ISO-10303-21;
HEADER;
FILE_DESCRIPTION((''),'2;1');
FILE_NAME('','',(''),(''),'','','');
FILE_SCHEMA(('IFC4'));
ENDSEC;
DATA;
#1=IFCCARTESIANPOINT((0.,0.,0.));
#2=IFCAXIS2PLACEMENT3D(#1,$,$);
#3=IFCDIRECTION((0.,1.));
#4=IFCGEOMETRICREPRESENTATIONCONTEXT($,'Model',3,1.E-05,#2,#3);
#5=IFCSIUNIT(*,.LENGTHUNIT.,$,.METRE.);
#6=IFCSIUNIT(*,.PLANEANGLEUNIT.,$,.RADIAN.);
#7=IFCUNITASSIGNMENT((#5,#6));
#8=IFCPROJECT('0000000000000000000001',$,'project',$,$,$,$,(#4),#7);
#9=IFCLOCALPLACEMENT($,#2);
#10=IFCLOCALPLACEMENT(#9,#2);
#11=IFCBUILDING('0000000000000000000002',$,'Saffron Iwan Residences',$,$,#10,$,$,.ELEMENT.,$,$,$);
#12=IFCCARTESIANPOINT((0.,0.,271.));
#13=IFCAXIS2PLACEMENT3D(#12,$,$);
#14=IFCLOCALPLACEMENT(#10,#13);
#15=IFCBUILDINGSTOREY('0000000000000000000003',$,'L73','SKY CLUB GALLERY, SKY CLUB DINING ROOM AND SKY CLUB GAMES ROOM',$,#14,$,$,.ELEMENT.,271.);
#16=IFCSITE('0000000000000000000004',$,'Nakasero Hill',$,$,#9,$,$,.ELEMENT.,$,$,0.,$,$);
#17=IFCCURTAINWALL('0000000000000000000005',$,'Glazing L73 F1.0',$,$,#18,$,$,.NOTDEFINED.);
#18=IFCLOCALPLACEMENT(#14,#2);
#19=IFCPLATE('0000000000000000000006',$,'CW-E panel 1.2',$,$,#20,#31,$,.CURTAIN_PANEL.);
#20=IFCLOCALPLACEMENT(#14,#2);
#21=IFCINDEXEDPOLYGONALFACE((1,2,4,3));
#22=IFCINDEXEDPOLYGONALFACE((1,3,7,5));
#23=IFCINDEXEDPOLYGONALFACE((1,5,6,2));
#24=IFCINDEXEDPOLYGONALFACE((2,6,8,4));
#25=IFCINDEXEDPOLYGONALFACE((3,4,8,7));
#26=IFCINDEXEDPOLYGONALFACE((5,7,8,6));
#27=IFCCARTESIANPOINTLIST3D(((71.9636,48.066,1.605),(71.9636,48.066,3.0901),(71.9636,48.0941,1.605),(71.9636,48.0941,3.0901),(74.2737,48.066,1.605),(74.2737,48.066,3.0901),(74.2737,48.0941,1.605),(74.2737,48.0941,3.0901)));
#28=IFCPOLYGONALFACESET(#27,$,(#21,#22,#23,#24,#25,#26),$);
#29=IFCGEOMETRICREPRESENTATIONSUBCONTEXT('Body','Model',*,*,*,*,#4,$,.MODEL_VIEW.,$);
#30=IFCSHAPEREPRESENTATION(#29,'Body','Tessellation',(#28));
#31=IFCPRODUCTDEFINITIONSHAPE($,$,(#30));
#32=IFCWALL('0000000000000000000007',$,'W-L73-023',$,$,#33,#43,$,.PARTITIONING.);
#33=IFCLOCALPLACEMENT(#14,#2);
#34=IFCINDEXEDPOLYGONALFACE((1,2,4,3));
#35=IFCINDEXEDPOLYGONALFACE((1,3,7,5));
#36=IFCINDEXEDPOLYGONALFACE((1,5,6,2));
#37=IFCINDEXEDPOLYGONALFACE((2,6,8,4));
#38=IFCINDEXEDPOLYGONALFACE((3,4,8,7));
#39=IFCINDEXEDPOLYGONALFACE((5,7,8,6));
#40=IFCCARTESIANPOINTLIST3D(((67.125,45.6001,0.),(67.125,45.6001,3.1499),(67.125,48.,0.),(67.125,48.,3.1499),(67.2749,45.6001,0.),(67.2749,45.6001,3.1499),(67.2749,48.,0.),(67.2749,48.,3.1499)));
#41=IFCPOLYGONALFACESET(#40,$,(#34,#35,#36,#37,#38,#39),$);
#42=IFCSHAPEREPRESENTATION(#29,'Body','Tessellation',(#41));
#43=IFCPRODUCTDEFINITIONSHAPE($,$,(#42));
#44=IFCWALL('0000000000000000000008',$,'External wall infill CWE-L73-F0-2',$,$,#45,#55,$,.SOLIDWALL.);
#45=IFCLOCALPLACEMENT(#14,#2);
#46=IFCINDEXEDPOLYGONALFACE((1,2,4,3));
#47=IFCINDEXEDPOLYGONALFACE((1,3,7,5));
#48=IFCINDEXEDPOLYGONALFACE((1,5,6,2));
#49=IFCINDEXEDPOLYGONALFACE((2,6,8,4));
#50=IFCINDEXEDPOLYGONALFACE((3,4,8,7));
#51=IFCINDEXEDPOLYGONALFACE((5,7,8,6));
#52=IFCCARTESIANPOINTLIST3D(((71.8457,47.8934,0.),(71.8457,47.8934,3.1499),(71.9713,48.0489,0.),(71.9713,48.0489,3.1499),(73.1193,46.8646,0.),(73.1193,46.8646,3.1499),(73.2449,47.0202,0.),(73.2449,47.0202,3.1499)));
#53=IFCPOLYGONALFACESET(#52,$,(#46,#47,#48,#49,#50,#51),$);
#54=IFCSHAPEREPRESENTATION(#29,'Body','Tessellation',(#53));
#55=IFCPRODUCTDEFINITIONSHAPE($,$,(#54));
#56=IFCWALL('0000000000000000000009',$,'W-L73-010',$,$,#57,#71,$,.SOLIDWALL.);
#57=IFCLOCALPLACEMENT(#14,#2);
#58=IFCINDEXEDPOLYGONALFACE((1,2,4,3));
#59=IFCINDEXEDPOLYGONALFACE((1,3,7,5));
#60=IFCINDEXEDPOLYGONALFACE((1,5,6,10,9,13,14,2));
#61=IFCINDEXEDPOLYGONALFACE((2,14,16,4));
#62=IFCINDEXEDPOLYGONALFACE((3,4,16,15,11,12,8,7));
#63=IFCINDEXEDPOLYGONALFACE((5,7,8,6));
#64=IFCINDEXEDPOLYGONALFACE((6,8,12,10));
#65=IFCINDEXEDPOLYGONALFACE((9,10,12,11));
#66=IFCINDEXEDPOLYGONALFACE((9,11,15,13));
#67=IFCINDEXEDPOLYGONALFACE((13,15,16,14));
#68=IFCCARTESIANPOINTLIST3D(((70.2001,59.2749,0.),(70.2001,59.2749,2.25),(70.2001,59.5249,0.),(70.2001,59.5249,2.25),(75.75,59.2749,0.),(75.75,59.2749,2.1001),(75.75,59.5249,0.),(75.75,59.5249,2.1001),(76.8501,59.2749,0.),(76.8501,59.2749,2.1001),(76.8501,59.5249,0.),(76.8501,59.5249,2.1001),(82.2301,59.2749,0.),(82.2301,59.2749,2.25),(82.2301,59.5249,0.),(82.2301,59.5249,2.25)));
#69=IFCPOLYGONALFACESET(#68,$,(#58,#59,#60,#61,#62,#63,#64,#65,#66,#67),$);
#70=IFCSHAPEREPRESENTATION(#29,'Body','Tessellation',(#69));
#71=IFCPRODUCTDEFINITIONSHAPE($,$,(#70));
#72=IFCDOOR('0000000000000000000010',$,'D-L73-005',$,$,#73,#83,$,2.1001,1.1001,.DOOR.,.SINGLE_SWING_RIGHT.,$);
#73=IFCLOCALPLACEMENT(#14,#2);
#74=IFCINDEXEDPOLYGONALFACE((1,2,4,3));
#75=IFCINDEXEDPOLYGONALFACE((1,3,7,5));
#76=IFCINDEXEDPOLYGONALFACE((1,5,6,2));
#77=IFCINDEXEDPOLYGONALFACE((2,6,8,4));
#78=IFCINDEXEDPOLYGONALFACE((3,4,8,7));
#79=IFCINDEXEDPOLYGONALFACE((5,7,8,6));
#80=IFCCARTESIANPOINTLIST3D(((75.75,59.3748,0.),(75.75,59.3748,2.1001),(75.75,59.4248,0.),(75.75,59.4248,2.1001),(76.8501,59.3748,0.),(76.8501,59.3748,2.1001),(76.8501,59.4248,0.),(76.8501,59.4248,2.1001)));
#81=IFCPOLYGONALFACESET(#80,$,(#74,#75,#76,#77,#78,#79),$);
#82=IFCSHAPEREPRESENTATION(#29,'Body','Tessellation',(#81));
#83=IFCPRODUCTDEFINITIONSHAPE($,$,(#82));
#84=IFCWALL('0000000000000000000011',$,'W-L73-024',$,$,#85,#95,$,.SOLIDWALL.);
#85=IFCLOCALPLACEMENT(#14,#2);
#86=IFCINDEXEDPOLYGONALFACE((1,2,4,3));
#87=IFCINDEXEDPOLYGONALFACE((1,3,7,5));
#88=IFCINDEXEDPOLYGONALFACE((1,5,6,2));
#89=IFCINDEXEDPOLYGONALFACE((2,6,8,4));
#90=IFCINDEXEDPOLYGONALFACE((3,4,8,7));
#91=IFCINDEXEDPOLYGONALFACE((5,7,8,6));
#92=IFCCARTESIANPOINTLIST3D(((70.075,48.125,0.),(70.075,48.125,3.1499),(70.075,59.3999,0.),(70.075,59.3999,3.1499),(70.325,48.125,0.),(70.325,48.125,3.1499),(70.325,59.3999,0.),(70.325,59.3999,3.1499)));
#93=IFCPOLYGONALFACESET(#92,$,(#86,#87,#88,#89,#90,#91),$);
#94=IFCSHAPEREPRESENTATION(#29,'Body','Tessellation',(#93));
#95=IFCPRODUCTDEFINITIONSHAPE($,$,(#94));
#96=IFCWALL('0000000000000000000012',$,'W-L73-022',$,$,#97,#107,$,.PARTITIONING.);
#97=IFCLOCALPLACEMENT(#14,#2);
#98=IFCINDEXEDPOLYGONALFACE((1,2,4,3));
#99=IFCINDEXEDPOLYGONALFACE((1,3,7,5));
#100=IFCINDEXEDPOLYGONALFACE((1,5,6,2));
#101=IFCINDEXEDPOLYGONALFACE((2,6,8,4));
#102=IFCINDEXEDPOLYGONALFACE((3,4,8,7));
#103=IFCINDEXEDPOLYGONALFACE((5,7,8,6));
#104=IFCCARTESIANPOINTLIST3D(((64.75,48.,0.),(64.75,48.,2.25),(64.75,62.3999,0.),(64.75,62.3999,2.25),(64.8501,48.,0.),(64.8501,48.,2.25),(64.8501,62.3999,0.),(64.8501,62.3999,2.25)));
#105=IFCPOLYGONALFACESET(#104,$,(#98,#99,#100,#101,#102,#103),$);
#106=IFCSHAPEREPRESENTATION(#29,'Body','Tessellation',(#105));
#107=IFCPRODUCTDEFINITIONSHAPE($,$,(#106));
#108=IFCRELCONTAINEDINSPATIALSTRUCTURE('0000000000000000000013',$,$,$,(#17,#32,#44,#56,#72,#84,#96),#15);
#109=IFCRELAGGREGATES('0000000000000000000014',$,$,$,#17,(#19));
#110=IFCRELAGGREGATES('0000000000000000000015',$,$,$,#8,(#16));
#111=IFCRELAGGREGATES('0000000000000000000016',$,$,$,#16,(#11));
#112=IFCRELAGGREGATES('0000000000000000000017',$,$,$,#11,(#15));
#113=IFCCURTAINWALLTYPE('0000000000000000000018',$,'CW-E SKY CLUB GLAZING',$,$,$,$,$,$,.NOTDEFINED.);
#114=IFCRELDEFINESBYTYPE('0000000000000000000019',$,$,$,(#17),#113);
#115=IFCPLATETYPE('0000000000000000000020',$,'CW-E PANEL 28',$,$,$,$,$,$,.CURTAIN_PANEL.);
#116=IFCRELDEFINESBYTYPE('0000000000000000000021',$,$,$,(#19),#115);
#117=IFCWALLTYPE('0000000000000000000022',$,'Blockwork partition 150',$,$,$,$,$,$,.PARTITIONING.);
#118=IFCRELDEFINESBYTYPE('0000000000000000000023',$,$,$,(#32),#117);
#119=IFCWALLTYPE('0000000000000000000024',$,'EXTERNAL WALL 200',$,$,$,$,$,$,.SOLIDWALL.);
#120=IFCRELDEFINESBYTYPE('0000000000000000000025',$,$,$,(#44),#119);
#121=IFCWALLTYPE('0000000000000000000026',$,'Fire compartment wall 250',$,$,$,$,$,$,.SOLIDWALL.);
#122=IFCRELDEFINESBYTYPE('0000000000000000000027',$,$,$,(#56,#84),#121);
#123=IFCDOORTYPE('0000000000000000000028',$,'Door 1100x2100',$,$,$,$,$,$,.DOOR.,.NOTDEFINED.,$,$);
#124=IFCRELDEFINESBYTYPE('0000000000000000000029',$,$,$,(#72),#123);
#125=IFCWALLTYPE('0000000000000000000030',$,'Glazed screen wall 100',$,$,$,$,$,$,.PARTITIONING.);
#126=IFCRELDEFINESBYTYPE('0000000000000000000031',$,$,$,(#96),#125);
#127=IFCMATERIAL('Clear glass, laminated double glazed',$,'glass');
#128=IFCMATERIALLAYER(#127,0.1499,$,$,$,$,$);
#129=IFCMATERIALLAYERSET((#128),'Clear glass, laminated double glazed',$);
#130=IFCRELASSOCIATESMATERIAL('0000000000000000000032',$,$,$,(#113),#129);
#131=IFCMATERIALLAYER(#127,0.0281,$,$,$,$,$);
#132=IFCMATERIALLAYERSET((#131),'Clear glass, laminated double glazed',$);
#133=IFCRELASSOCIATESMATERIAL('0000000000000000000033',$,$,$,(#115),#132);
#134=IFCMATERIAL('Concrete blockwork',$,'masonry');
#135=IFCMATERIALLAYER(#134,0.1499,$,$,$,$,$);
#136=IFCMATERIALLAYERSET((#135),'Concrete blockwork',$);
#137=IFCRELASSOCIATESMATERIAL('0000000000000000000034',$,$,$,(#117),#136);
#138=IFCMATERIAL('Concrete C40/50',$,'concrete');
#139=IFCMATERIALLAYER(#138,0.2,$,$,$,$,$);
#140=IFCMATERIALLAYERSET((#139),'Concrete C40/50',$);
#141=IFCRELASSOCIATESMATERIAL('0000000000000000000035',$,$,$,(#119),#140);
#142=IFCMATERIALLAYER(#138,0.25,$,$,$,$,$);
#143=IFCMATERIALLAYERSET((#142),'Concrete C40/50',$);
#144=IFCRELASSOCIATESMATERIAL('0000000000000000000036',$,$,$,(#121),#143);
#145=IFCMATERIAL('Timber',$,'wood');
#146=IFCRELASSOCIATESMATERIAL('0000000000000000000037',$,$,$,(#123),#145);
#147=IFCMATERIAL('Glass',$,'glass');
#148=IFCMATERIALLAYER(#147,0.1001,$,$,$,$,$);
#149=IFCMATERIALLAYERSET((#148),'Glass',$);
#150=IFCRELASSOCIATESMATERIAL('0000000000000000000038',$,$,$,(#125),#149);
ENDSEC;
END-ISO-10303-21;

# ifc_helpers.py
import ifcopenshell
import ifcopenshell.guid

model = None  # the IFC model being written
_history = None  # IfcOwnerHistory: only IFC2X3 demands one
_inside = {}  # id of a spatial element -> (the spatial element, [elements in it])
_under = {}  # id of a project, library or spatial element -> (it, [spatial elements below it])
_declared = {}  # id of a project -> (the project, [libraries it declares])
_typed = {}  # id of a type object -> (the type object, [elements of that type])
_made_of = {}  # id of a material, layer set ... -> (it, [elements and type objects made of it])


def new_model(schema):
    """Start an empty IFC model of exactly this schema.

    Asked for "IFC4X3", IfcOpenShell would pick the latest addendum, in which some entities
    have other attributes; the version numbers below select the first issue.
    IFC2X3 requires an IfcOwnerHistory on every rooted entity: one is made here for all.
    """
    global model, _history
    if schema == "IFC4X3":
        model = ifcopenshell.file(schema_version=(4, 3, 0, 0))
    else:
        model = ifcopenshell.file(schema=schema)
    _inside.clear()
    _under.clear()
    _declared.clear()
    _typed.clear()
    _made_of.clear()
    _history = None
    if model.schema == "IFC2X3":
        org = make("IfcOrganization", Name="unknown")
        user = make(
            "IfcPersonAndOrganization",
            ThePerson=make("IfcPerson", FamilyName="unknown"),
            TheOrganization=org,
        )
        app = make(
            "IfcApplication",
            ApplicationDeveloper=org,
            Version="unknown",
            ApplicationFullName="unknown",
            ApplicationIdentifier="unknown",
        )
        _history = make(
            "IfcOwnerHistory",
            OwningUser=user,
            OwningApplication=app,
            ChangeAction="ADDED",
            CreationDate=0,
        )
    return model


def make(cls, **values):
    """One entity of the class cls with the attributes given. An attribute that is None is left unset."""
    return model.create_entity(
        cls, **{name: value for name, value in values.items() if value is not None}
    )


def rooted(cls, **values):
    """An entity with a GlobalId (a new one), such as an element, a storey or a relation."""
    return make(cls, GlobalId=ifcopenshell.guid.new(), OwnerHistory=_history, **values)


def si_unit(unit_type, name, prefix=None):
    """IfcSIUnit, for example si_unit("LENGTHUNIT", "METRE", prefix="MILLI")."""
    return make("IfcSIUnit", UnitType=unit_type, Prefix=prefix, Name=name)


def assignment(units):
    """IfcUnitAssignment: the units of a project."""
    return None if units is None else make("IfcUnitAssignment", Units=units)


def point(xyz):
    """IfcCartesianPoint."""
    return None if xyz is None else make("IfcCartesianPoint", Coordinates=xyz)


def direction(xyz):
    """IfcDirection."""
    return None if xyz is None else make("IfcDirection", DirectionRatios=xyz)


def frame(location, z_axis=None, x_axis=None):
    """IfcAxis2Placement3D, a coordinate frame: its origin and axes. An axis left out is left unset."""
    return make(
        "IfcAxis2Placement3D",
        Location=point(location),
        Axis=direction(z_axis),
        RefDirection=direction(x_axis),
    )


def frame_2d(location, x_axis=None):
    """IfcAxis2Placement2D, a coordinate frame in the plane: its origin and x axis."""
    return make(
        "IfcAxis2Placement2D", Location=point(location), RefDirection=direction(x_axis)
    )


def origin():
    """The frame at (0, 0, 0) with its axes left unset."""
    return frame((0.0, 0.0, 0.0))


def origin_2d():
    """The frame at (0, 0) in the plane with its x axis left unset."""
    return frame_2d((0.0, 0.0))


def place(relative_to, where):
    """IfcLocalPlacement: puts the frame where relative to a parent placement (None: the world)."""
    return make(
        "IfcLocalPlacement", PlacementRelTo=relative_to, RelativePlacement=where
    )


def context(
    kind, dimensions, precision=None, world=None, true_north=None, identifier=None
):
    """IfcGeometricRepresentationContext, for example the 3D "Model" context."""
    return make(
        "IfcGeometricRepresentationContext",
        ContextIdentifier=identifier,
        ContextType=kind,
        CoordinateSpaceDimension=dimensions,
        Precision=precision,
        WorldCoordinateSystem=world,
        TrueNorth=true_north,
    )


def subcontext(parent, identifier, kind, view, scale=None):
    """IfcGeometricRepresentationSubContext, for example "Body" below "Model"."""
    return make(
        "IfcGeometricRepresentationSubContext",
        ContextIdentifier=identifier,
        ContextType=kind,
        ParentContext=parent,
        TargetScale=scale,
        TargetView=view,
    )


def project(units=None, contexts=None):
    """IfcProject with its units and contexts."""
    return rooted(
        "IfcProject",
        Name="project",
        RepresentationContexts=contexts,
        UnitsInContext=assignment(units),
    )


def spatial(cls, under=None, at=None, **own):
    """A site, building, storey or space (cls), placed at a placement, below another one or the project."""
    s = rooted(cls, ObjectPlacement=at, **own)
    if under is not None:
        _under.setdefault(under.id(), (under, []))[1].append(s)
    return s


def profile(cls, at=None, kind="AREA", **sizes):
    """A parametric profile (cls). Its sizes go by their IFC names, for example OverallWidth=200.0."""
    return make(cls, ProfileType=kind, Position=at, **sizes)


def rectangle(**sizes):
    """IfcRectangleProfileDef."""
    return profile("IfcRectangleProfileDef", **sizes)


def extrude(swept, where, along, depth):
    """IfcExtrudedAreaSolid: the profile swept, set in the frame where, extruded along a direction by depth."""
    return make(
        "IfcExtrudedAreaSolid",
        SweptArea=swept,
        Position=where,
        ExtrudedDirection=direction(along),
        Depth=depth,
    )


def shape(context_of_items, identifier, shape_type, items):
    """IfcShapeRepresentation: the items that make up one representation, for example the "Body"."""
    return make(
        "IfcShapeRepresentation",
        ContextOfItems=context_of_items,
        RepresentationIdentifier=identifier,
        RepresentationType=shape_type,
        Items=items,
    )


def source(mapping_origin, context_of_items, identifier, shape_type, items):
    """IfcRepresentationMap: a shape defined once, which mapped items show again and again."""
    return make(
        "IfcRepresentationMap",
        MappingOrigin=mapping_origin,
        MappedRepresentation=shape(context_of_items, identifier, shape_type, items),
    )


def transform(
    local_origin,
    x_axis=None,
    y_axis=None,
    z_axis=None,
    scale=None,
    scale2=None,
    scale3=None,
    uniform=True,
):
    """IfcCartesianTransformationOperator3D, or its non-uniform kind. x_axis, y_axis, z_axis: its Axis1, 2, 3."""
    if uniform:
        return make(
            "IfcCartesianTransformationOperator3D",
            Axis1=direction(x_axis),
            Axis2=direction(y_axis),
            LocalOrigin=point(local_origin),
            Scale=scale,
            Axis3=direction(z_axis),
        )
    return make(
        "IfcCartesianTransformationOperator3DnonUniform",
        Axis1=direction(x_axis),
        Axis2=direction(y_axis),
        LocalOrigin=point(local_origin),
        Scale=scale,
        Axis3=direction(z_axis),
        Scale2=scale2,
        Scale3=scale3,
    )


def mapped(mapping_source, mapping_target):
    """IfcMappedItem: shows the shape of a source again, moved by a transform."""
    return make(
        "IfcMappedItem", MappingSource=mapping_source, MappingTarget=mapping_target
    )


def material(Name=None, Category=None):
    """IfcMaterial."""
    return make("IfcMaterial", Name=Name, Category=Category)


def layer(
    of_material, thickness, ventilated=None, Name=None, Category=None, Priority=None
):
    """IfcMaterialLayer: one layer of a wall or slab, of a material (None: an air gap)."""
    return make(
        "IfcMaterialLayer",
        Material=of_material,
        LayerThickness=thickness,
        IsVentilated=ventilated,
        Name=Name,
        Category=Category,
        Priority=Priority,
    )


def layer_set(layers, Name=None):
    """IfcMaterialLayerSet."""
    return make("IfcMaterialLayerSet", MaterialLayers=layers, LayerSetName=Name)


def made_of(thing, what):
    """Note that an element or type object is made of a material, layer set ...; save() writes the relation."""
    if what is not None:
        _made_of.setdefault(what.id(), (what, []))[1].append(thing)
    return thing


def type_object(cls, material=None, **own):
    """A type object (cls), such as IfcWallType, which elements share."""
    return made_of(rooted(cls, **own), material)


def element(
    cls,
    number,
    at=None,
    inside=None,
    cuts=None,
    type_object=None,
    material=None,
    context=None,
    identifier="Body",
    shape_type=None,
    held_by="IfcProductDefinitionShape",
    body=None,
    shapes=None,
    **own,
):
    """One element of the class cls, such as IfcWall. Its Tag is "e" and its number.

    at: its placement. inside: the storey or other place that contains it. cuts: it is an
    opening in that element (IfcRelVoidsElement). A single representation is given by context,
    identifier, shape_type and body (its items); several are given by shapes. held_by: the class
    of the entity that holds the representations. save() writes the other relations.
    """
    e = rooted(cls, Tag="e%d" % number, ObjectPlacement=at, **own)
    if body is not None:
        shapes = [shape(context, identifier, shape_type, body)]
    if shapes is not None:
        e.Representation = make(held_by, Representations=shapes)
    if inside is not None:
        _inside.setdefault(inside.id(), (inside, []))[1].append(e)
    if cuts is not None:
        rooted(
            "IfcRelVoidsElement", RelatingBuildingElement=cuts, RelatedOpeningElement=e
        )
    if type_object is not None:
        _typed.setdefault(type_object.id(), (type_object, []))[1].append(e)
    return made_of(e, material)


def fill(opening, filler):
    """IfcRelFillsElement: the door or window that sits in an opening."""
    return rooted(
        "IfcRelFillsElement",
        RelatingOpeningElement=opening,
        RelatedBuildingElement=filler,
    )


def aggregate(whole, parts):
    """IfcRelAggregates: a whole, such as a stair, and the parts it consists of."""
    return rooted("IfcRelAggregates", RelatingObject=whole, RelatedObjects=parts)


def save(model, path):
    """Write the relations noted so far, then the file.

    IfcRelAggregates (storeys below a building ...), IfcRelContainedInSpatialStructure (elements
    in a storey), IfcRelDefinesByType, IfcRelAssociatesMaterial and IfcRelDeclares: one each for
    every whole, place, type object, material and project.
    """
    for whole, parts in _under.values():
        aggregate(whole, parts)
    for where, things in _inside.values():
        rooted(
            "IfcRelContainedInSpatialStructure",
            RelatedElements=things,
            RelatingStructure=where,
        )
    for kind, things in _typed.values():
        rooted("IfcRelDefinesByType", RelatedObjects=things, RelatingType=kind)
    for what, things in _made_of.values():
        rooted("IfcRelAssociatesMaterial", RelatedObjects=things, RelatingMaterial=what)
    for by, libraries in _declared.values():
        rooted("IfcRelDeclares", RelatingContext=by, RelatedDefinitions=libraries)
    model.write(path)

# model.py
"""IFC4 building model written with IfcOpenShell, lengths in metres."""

from ifc_helpers import new_model, si_unit, direction, frame, frame_2d, origin, origin_2d, place, context, subcontext, project, spatial, rectangle, extrude, source, transform, mapped, material, layer, layer_set, type_object, element, fill, aggregate, save


model = new_model("IFC4")

# Units and contexts
model_context = context("Model", 3, precision=1e-05, world=origin(), true_north=direction((0.0, 1.0)))
body_context = subcontext(model_context, "Body", "Model", "MODEL_VIEW")
ifc_project = project(units=[si_unit("LENGTHUNIT", "METRE"), si_unit("PLANEANGLEUNIT", "RADIAN")], contexts=[model_context])

# Site, building, storey
site_placement = place(None, origin())
site = spatial("IfcSite", under=ifc_project, at=site_placement, Name="Nakasero Hill", CompositionType="ELEMENT", RefElevation=0.0)
building_placement = place(site_placement, origin())
building = spatial("IfcBuilding", under=site, at=building_placement, Name="Saffron Iwan Residences", CompositionType="ELEMENT")
storey_placement = place(building_placement, frame((0.0, 0.0, 271.0)))
storey = spatial("IfcBuildingStorey", under=building, at=storey_placement, Name="L73", Description="SKY CLUB GALLERY, SKY CLUB DINING ROOM AND SKY CLUB GAMES ROOM", CompositionType="ELEMENT", Elevation=271.0)

# Shared definitions
ifc_material_1 = material(Name="Concrete C40/50", Category="concrete")

# Shared definitions
ifc_material_2 = material(Name="Clear glass, laminated double glazed", Category="glass")
ifc_layer_1 = layer(ifc_material_2, 0.1499)
ifc_layer_set_1 = layer_set([ifc_layer_1], Name="Clear glass, laminated double glazed")
curtain_wall_type = type_object("IfcCurtainWallType", Name="CW-E SKY CLUB GLAZING", PredefinedType="NOTDEFINED", material=ifc_layer_set_1)

# Curtain wall, plate
curtain_wall_1_placement = place(storey_placement, origin())
curtain_wall_1 = element("IfcCurtainWall", 1, at=curtain_wall_1_placement, inside=storey, type_object=curtain_wall_type, Name="Glazing L73 F1.0", PredefinedType="NOTDEFINED")
ifc_layer_2 = layer(ifc_material_2, 0.0281)
ifc_layer_set_2 = layer_set([ifc_layer_2], Name="Clear glass, laminated double glazed")
plate_type = type_object("IfcPlateType", Name="CW-E PANEL 28", PredefinedType="CURTAIN_PANEL", material=ifc_layer_set_2)
shared_shape_1 = source(origin(), body_context, "Body", "SweptSolid", [
    extrude(rectangle(XDim=2.3101, YDim=0.0281, at=origin_2d()), origin(), (0.0, 0.0, 1.0), 1.4851),
])
plate_1_placement = place(storey_placement, frame((73.1187, 48.0801, 1.605), z_axis=(0.0, 0.0, 1.0), x_axis=(1.0, 0.0, 0.0)))
plate_1 = element("IfcPlate", 2, at=plate_1_placement, type_object=plate_type, Name="CW-E panel 1.2", PredefinedType="CURTAIN_PANEL", context=body_context, shape_type="MappedRepresentation", body=[
    mapped(shared_shape_1, transform((0.0, 0.0, 0.0))),
])
aggregate(curtain_wall_1, [plate_1])

# Walls
ifc_material_3 = material(Name="Concrete blockwork", Category="masonry")
ifc_layer_3 = layer(ifc_material_3, 0.1499)
ifc_layer_set_3 = layer_set([ifc_layer_3], Name="Concrete blockwork")
wall_type_1 = type_object("IfcWallType", Name="Blockwork partition 150", PredefinedType="PARTITIONING", material=ifc_layer_set_3)
wall_1_placement = place(storey_placement, frame((67.2, 45.6001, 0.0), z_axis=(0.0, 0.0, 1.0), x_axis=(0.0, 1.0, 0.0)))
element("IfcWall", 3, at=wall_1_placement, inside=storey, type_object=wall_type_1, Name="W-L73-023", PredefinedType="PARTITIONING", context=body_context, shape_type="SweptSolid", body=[
    extrude(rectangle(XDim=2.3999, YDim=0.1499, at=frame_2d((1.2, 0.0))), origin(), (0.0, 0.0, 1.0), 3.1499),
])
ifc_layer_4 = layer(ifc_material_1, 0.2)
ifc_layer_set_4 = layer_set([ifc_layer_4], Name="Concrete C40/50")
wall_type_2 = type_object("IfcWallType", Name="EXTERNAL WALL 200", PredefinedType="SOLIDWALL", material=ifc_layer_set_4)
wall_2_placement = place(storey_placement, frame((73.1821, 46.9424, 0.0), z_axis=(0.0, 0.0, 1.0), x_axis=(-0.777922, 0.628361, 0.0)))
element("IfcWall", 4, at=wall_2_placement, inside=storey, type_object=wall_type_2, Name="External wall infill CWE-L73-F0-2", PredefinedType="SOLIDWALL", context=body_context, shape_type="SweptSolid", body=[
    extrude(rectangle(XDim=1.6372, YDim=0.2, at=frame_2d((0.8186, 0.0))), origin(), (0.0, 0.0, 1.0), 3.1499),
])
ifc_layer_5 = layer(ifc_material_1, 0.25)
ifc_layer_set_5 = layer_set([ifc_layer_5], Name="Concrete C40/50")
wall_type_3 = type_object("IfcWallType", Name="Fire compartment wall 250", PredefinedType="SOLIDWALL", material=ifc_layer_set_5)

# Wall, opening, door
wall_3_placement = place(storey_placement, frame((70.2, 59.3999, 0.0), z_axis=(0.0, 0.0, 1.0), x_axis=(1.0, 0.0, 0.0)))
wall_3 = element("IfcWall", 5, at=wall_3_placement, inside=storey, type_object=wall_type_3, Name="W-L73-010", PredefinedType="SOLIDWALL", context=body_context, shape_type="SweptSolid", body=[
    extrude(rectangle(XDim=12.03, YDim=0.25, at=frame_2d((6.0151, 0.0))), origin(), (0.0, 0.0, 1.0), 2.25),
])
opening_placement = place(wall_3_placement, frame((5.55, 0.0, 0.0)))
opening = element("IfcOpeningElement", 6, at=opening_placement, cuts=wall_3, PredefinedType="OPENING", context=body_context, shape_type="SweptSolid", body=[
    extrude(rectangle(XDim=1.1001, YDim=2.1001, at=frame_2d((0.55, 1.05))), frame((0.0, 0.135, 0.0), z_axis=(0.0, -1.0, 0.0), x_axis=(1.0, 0.0, 0.0)), (0.0, 0.0, 1.0), 0.27),
])
ifc_material_4 = material(Name="Timber", Category="wood")
door_type = type_object("IfcDoorType", Name="Door 1100x2100", OperationType="NOTDEFINED", PredefinedType="DOOR", material=ifc_material_4)
door_placement = place(opening_placement, origin())
door = element("IfcDoor", 7, at=door_placement, inside=storey, type_object=door_type, Name="D-L73-005", OperationType="SINGLE_SWING_RIGHT", OverallHeight=2.1001, OverallWidth=1.1001, PredefinedType="DOOR", context=body_context, shape_type="SweptSolid", body=[
    extrude(rectangle(XDim=1.1001, YDim=2.1001, at=frame_2d((0.55, 1.05))), frame((0.0, 0.0249, 0.0), z_axis=(0.0, -1.0, 0.0), x_axis=(1.0, 0.0, 0.0)), (0.0, 0.0, 1.0), 0.05),
])
fill(opening, door)

# Walls
wall_4_placement = place(storey_placement, frame((70.2, 48.125, 0.0), z_axis=(0.0, 0.0, 1.0), x_axis=(0.0, 1.0, 0.0)))
element("IfcWall", 8, at=wall_4_placement, inside=storey, type_object=wall_type_3, Name="W-L73-024", PredefinedType="SOLIDWALL", context=body_context, shape_type="SweptSolid", body=[
    extrude(rectangle(XDim=11.2749, YDim=0.25, at=frame_2d((5.6375, 0.0))), origin(), (0.0, 0.0, 1.0), 3.1499),
])
ifc_material_5 = material(Name="Glass", Category="glass")
ifc_layer_6 = layer(ifc_material_5, 0.1001)
ifc_layer_set_6 = layer_set([ifc_layer_6], Name="Glass")
wall_type_4 = type_object("IfcWallType", Name="Glazed screen wall 100", PredefinedType="PARTITIONING", material=ifc_layer_set_6)
wall_5_placement = place(storey_placement, frame((64.8, 48.0, 0.0), z_axis=(0.0, 0.0, 1.0), x_axis=(0.0, 1.0, 0.0)))
element("IfcWall", 9, at=wall_5_placement, inside=storey, type_object=wall_type_4, Name="W-L73-022", PredefinedType="PARTITIONING", context=body_context, shape_type="SweptSolid", body=[
    extrude(rectangle(XDim=14.3999, YDim=0.1001, at=frame_2d((7.2, 0.0))), origin(), (0.0, 0.0, 1.0), 2.25),
])

save(model, "model.ifc")
